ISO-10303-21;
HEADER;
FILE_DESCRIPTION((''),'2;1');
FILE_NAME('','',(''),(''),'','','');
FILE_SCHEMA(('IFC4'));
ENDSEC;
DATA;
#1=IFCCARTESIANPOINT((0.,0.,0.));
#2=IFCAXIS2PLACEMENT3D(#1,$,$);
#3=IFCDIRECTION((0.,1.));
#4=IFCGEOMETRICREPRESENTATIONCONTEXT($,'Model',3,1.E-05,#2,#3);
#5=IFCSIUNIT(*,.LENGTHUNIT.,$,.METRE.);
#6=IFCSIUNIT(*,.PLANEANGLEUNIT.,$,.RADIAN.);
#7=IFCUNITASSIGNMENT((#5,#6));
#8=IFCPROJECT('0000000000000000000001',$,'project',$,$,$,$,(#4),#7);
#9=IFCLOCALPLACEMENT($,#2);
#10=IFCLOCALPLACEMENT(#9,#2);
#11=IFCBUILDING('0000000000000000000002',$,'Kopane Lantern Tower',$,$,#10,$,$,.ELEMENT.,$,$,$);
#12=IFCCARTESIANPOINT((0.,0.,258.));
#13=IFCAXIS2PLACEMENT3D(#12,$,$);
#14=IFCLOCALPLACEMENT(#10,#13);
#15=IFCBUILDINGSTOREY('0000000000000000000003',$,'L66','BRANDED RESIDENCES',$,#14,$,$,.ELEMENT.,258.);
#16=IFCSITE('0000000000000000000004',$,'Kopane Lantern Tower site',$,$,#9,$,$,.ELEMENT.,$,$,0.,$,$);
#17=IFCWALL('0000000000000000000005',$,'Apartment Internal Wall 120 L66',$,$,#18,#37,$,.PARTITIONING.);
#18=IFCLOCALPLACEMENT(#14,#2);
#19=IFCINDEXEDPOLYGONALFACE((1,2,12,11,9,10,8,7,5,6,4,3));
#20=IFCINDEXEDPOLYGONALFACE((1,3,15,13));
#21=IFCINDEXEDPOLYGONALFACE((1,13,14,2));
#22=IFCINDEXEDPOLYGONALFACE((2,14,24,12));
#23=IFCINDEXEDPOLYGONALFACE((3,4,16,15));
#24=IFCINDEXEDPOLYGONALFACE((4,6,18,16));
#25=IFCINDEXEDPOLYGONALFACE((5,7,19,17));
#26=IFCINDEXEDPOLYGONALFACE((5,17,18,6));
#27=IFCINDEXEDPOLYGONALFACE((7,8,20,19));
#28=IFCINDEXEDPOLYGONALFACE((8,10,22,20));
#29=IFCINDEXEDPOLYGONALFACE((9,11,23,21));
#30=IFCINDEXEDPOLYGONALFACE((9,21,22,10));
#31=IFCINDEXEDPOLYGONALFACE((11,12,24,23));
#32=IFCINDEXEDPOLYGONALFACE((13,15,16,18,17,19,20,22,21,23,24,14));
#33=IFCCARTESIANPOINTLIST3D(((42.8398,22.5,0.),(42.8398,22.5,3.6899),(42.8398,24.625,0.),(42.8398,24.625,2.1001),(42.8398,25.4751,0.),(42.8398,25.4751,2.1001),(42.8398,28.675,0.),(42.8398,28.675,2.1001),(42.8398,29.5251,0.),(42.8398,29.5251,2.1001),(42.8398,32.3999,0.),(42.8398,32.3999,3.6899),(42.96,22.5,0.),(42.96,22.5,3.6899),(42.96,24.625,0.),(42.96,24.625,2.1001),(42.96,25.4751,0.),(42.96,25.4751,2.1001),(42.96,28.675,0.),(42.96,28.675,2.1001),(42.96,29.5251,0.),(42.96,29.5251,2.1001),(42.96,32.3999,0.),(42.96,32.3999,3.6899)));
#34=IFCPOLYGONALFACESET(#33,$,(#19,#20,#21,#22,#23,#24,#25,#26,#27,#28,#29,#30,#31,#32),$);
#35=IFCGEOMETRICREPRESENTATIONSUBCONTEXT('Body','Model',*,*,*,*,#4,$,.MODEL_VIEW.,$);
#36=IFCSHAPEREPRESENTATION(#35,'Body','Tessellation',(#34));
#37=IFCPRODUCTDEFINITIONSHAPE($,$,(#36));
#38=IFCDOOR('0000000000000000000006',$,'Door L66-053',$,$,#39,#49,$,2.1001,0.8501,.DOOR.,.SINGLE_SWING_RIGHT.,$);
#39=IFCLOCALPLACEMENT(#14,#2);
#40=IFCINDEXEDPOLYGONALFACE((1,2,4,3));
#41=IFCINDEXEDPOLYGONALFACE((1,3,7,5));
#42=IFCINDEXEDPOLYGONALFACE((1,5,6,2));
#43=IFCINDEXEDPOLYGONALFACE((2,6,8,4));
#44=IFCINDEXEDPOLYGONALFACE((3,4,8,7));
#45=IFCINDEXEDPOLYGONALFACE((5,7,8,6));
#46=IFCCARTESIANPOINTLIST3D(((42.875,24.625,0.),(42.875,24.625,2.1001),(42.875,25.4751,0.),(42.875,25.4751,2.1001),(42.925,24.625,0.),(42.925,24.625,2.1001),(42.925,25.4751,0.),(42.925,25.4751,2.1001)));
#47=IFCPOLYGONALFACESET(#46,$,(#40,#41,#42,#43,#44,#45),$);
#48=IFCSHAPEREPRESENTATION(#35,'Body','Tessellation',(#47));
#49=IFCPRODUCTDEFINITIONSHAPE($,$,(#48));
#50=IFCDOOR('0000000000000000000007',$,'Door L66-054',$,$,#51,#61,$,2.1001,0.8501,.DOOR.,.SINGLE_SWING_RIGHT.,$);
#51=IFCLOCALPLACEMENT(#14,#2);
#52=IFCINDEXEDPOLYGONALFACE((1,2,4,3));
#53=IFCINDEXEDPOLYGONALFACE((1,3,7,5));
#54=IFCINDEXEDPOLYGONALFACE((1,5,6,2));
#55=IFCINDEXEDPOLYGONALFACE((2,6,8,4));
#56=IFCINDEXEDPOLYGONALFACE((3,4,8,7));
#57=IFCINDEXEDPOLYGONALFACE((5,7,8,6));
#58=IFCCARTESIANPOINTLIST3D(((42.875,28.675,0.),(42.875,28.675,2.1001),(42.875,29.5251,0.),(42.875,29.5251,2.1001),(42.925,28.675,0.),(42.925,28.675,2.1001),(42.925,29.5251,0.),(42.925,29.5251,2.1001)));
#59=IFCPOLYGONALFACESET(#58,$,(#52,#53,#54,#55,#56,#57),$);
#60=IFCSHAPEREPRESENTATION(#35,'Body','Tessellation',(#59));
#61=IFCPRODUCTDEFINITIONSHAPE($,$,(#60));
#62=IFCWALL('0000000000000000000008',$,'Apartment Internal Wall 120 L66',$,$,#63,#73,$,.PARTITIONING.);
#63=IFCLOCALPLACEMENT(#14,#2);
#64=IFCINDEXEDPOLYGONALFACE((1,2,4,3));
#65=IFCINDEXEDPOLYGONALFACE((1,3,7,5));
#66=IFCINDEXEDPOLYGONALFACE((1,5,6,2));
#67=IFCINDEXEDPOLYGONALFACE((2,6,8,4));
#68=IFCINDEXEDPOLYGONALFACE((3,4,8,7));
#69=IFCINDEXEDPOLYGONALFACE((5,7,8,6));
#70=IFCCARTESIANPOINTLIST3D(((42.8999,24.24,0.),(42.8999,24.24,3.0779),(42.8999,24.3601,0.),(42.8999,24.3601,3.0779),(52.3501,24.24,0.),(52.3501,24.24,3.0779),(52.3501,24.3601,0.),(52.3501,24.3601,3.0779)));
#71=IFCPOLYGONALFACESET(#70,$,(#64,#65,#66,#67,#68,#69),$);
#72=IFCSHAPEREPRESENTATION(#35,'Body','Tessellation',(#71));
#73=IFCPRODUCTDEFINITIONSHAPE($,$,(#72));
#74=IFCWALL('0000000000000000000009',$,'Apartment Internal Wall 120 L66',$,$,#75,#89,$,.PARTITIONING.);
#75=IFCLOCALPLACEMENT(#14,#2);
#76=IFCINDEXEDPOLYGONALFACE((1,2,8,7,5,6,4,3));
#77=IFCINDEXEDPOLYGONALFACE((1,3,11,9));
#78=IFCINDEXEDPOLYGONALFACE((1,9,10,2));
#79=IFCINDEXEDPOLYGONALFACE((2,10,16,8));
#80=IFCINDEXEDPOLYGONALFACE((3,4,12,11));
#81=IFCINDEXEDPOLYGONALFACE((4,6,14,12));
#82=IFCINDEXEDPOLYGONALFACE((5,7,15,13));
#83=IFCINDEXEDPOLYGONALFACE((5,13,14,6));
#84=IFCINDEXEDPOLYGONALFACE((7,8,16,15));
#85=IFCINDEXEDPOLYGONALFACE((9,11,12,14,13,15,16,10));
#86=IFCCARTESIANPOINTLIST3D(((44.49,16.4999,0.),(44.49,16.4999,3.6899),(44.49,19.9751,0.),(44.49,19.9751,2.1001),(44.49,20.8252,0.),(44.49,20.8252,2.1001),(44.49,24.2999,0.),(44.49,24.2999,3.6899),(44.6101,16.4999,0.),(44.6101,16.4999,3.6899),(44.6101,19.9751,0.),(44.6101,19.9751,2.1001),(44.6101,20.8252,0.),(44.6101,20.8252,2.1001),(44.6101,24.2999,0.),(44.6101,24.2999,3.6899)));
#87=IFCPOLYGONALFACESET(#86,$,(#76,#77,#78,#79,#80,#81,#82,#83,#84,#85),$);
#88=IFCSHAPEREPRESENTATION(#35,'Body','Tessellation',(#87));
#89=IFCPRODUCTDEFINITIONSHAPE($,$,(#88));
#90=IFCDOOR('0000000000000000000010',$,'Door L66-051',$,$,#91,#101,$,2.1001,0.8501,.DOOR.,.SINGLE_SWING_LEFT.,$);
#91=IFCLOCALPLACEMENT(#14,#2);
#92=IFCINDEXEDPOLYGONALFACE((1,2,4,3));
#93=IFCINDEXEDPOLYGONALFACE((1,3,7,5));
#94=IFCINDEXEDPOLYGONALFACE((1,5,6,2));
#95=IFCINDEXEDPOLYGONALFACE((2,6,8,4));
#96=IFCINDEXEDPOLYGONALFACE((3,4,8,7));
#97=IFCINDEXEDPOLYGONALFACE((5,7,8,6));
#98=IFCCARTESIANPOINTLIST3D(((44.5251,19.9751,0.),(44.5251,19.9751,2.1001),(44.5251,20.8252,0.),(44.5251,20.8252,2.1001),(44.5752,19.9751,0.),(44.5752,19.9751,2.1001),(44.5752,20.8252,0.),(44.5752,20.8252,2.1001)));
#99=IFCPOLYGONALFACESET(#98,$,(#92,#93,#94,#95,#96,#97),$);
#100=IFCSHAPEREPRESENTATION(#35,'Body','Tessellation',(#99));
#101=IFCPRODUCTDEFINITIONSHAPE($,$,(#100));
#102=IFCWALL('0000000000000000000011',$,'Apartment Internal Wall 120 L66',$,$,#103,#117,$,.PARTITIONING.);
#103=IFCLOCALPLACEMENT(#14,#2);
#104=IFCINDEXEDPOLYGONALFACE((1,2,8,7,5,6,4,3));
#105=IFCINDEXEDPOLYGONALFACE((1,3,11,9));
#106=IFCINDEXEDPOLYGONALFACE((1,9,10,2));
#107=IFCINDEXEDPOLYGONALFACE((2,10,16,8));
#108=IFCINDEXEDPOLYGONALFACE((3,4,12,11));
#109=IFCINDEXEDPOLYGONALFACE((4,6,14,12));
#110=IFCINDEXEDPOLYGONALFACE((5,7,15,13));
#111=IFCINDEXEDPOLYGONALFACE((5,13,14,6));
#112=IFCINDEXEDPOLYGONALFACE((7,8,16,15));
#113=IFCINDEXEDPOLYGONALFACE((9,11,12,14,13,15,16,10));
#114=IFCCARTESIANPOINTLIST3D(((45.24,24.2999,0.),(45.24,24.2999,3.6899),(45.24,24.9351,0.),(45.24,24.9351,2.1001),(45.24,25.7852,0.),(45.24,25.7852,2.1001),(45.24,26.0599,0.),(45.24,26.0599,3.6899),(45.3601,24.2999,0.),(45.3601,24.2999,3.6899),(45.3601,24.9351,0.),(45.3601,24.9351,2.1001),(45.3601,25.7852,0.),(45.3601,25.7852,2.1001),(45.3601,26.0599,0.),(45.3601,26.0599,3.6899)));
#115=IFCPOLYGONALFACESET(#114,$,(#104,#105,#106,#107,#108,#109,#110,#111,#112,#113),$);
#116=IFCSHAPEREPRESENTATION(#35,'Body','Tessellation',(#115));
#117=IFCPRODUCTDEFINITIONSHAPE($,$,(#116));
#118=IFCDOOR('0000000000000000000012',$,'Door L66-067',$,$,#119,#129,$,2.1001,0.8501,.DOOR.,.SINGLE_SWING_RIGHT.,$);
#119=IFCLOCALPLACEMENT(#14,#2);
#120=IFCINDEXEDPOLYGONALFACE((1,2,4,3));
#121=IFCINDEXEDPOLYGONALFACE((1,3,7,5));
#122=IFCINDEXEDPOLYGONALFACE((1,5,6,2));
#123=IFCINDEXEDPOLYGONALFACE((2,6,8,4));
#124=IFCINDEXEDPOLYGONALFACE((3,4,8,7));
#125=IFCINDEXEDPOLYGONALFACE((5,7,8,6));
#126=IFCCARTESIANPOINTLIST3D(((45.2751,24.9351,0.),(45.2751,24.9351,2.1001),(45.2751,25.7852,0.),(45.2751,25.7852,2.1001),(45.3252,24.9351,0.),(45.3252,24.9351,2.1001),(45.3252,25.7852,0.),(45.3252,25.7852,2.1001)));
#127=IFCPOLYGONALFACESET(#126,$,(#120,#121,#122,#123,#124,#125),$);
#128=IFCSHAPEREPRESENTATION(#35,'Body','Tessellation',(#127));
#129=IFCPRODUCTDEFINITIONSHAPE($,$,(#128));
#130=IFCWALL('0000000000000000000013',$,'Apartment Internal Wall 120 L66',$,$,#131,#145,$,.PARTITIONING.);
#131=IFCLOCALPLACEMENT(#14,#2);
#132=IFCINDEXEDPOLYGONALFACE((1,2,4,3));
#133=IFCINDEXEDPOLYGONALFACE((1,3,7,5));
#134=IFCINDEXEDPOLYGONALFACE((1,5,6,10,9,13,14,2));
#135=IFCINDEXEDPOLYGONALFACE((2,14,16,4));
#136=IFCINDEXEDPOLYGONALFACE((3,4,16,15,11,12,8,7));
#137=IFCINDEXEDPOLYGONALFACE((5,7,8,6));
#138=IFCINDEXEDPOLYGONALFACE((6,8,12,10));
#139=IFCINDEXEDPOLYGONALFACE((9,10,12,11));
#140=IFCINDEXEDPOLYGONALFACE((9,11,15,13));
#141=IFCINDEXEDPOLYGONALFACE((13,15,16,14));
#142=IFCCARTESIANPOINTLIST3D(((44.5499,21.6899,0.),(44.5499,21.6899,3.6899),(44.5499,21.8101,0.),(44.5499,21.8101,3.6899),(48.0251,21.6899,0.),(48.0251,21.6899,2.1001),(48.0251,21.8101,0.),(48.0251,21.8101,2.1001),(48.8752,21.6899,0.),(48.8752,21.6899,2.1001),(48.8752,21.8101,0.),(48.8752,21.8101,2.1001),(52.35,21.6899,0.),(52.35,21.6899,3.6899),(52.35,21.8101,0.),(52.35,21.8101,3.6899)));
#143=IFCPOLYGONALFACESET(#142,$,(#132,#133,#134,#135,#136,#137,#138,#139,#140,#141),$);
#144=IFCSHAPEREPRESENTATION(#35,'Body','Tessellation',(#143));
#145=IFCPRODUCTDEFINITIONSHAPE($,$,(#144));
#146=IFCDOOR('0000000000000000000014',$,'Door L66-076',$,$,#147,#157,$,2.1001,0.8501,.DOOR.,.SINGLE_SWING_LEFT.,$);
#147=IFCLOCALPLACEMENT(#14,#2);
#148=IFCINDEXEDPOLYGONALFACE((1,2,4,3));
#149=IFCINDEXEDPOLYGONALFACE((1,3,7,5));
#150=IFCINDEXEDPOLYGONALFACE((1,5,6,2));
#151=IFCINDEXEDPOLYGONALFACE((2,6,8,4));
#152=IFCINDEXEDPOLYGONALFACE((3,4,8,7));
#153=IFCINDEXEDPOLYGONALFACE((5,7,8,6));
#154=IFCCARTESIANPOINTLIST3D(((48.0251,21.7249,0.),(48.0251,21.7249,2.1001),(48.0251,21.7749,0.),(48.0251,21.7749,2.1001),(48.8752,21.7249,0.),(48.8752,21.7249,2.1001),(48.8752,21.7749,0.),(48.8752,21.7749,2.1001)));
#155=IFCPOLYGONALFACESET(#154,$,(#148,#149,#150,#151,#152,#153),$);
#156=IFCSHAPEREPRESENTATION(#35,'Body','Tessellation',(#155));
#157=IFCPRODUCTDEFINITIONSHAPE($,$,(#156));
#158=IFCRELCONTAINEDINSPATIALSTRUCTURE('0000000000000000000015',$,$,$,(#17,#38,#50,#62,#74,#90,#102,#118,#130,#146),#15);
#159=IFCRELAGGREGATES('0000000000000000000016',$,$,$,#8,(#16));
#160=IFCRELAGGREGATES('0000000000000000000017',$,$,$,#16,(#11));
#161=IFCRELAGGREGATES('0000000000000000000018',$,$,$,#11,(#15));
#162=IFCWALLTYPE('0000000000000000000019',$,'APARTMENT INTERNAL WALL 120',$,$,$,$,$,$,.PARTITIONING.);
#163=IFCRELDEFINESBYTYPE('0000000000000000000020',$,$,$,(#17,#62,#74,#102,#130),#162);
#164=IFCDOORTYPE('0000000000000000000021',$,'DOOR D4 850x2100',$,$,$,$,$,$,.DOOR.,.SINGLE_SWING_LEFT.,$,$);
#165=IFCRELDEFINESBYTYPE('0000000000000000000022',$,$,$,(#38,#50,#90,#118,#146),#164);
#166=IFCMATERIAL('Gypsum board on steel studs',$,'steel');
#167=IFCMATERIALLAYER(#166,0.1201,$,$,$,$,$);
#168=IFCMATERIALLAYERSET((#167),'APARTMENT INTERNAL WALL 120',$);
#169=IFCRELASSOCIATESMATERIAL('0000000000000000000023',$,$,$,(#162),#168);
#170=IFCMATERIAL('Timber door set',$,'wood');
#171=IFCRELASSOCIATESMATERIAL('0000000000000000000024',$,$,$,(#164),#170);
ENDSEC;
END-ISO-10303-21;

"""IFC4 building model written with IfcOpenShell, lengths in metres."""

from ifc_helpers import new_model, si_unit, direction, frame, frame_2d, origin, place, context, subcontext, project, spatial, rectangle, extrude, material, layer, layer_set, type_object, element, fill, save


model = new_model("IFC4")

# Units and contexts
model_context = context("Model", 3, precision=1e-05, world=origin(), true_north=direction((0.0, 1.0)))
body_context = subcontext(model_context, "Body", "Model", "MODEL_VIEW")
ifc_project = project(units=[si_unit("LENGTHUNIT", "METRE"), si_unit("PLANEANGLEUNIT", "RADIAN")], contexts=[model_context])

# Site, building, storey
site_placement = place(None, origin())
site = spatial("IfcSite", under=ifc_project, at=site_placement, Name="Kopane Lantern Tower site", CompositionType="ELEMENT", RefElevation=0.0)
building_placement = place(site_placement, origin())
building = spatial("IfcBuilding", under=site, at=building_placement, Name="Kopane Lantern Tower", CompositionType="ELEMENT")
storey_placement = place(building_placement, frame((0.0, 0.0, 258.0)))
storey = spatial("IfcBuildingStorey", under=building, at=storey_placement, Name="L66", Description="BRANDED RESIDENCES", CompositionType="ELEMENT", Elevation=258.0)

# Wall, openings, doors
ifc_material_1 = material(Name="Gypsum board on steel studs", Category="steel")
ifc_layer_1 = layer(ifc_material_1, 0.1201)
ifc_layer_set_1 = layer_set([ifc_layer_1], Name="APARTMENT INTERNAL WALL 120")
wall_type_1 = type_object("IfcWallType", Name="APARTMENT INTERNAL WALL 120", PredefinedType="PARTITIONING", material=ifc_layer_set_1)
wall_1_placement = place(storey_placement, frame((42.8999, 22.5, 0.0), z_axis=(0.0, 0.0, 1.0), x_axis=(0.0, 1.0, 0.0)))
wall_1 = element("IfcWall", 1, at=wall_1_placement, inside=storey, type_object=wall_type_1, Name="Apartment Internal Wall 120 L66", PredefinedType="PARTITIONING", context=body_context, shape_type="SweptSolid", body=[
    extrude(rectangle(XDim=9.8999, YDim=0.1201, at=frame_2d((4.95, 0.0))), origin(), (0.0, 0.0, 1.0), 3.6899),
])
opening_1_placement = place(wall_1_placement, frame((2.125, 0.0, 0.0)))
opening_1 = element("IfcOpeningElement", 2, at=opening_1_placement, cuts=wall_1, PredefinedType="OPENING", context=body_context, shape_type="SweptSolid", body=[
    extrude(rectangle(XDim=0.8501, YDim=2.1001, at=frame_2d((0.425, 1.05))), frame((0.0, 0.0701, 0.0), z_axis=(0.0, -1.0, 0.0), x_axis=(1.0, 0.0, 0.0)), (0.0, 0.0, 1.0), 0.1401),
])
opening_2_placement = place(wall_1_placement, frame((6.175, 0.0, 0.0)))
opening_2 = element("IfcOpeningElement", 3, at=opening_2_placement, cuts=wall_1, PredefinedType="OPENING", context=body_context, shape_type="SweptSolid", body=[
    extrude(rectangle(XDim=0.8501, YDim=2.1001, at=frame_2d((0.425, 1.05))), frame((0.0, 0.0701, 0.0), z_axis=(0.0, -1.0, 0.0), x_axis=(1.0, 0.0, 0.0)), (0.0, 0.0, 1.0), 0.1401),
])
ifc_material_2 = material(Name="Timber door set", Category="wood")
door_type = type_object("IfcDoorType", Name="DOOR D4 850x2100", OperationType="SINGLE_SWING_LEFT", PredefinedType="DOOR", material=ifc_material_2)
door_1_placement = place(opening_1_placement, origin())
door_1 = element("IfcDoor", 4, at=door_1_placement, inside=storey, type_object=door_type, Name="Door L66-053", OperationType="SINGLE_SWING_RIGHT", OverallHeight=2.1001, OverallWidth=0.8501, PredefinedType="DOOR", context=body_context, shape_type="SweptSolid", body=[
    extrude(rectangle(XDim=0.8501, YDim=2.1001, at=frame_2d((0.425, 1.05))), frame((0.0, 0.0249, 0.0), z_axis=(0.0, -1.0, 0.0), x_axis=(1.0, 0.0, 0.0)), (0.0, 0.0, 1.0), 0.05),
])
fill(opening_1, door_1)
door_2_placement = place(opening_2_placement, origin())
door_2 = element("IfcDoor", 5, at=door_2_placement, inside=storey, type_object=door_type, Name="Door L66-054", OperationType="SINGLE_SWING_RIGHT", OverallHeight=2.1001, OverallWidth=0.8501, PredefinedType="DOOR", context=body_context, shape_type="SweptSolid", body=[
    extrude(rectangle(XDim=0.8501, YDim=2.1001, at=frame_2d((0.425, 1.05))), frame((0.0, 0.0249, 0.0), z_axis=(0.0, -1.0, 0.0), x_axis=(1.0, 0.0, 0.0)), (0.0, 0.0, 1.0), 0.05),
])
fill(opening_2, door_2)

# Wall
wall_2_placement = place(storey_placement, frame((42.8999, 24.3, 0.0), z_axis=(0.0, 0.0, 1.0), x_axis=(1.0, 0.0, 0.0)))
element("IfcWall", 6, at=wall_2_placement, inside=storey, type_object=wall_type_1, Name="Apartment Internal Wall 120 L66", PredefinedType="PARTITIONING", context=body_context, shape_type="SweptSolid", body=[
    extrude(rectangle(XDim=9.4502, YDim=0.1201, at=frame_2d((4.7251, 0.0))), origin(), (0.0, 0.0, 1.0), 3.0779),
])

# Walls, openings, doors
wall_3_placement = place(storey_placement, frame((44.55, 16.5, 0.0), z_axis=(0.0, 0.0, 1.0), x_axis=(0.0, 1.0, 0.0)))
wall_3 = element("IfcWall", 7, at=wall_3_placement, inside=storey, type_object=wall_type_1, Name="Apartment Internal Wall 120 L66", PredefinedType="PARTITIONING", context=body_context, shape_type="SweptSolid", body=[
    extrude(rectangle(XDim=7.8, YDim=0.1201, at=frame_2d((3.8999, 0.0))), origin(), (0.0, 0.0, 1.0), 3.6899),
])
opening_3_placement = place(wall_3_placement, frame((3.4751, 0.0, 0.0)))
opening_3 = element("IfcOpeningElement", 8, at=opening_3_placement, cuts=wall_3, PredefinedType="OPENING", context=body_context, shape_type="SweptSolid", body=[
    extrude(rectangle(XDim=0.8501, YDim=2.1001, at=frame_2d((0.425, 1.05))), frame((0.0, 0.0701, 0.0), z_axis=(0.0, -1.0, 0.0), x_axis=(1.0, 0.0, 0.0)), (0.0, 0.0, 1.0), 0.1401),
])
door_3_placement = place(opening_3_placement, origin())
door_3 = element("IfcDoor", 9, at=door_3_placement, inside=storey, type_object=door_type, Name="Door L66-051", OperationType="SINGLE_SWING_LEFT", OverallHeight=2.1001, OverallWidth=0.8501, PredefinedType="DOOR", context=body_context, shape_type="SweptSolid", body=[
    extrude(rectangle(XDim=0.8501, YDim=2.1001, at=frame_2d((0.425, 1.05))), frame((0.0, 0.0249, 0.0), z_axis=(0.0, -1.0, 0.0), x_axis=(1.0, 0.0, 0.0)), (0.0, 0.0, 1.0), 0.05),
])
fill(opening_3, door_3)
wall_4_placement = place(storey_placement, frame((45.3, 24.3, 0.0), z_axis=(0.0, 0.0, 1.0), x_axis=(0.0, 1.0, 0.0)))
wall_4 = element("IfcWall", 10, at=wall_4_placement, inside=storey, type_object=wall_type_1, Name="Apartment Internal Wall 120 L66", PredefinedType="PARTITIONING", context=body_context, shape_type="SweptSolid", body=[
    extrude(rectangle(XDim=1.76, YDim=0.1201, at=frame_2d((0.8799, 0.0))), origin(), (0.0, 0.0, 1.0), 3.6899),
])
opening_4_placement = place(wall_4_placement, frame((0.635, 0.0, 0.0)))
opening_4 = element("IfcOpeningElement", 11, at=opening_4_placement, cuts=wall_4, PredefinedType="OPENING", context=body_context, shape_type="SweptSolid", body=[
    extrude(rectangle(XDim=0.8501, YDim=2.1001, at=frame_2d((0.425, 1.05))), frame((0.0, 0.0701, 0.0), z_axis=(0.0, -1.0, 0.0), x_axis=(1.0, 0.0, 0.0)), (0.0, 0.0, 1.0), 0.1401),
])
door_4_placement = place(opening_4_placement, origin())
door_4 = element("IfcDoor", 12, at=door_4_placement, inside=storey, type_object=door_type, Name="Door L66-067", OperationType="SINGLE_SWING_RIGHT", OverallHeight=2.1001, OverallWidth=0.8501, PredefinedType="DOOR", context=body_context, shape_type="SweptSolid", body=[
    extrude(rectangle(XDim=0.8501, YDim=2.1001, at=frame_2d((0.425, 1.05))), frame((0.0, 0.0249, 0.0), z_axis=(0.0, -1.0, 0.0), x_axis=(1.0, 0.0, 0.0)), (0.0, 0.0, 1.0), 0.05),
])
fill(opening_4, door_4)
wall_5_placement = place(storey_placement, frame((44.55, 21.75, 0.0), z_axis=(0.0, 0.0, 1.0), x_axis=(1.0, 0.0, 0.0)))
wall_5 = element("IfcWall", 13, at=wall_5_placement, inside=storey, type_object=wall_type_1, Name="Apartment Internal Wall 120 L66", PredefinedType="PARTITIONING", context=body_context, shape_type="SweptSolid", body=[
    extrude(rectangle(XDim=7.8, YDim=0.1201, at=frame_2d((3.8999, 0.0))), origin(), (0.0, 0.0, 1.0), 3.6899),
])
opening_5_placement = place(wall_5_placement, frame((3.4751, 0.0, 0.0)))
opening_5 = element("IfcOpeningElement", 14, at=opening_5_placement, cuts=wall_5, PredefinedType="OPENING", context=body_context, shape_type="SweptSolid", body=[
    extrude(rectangle(XDim=0.8501, YDim=2.1001, at=frame_2d((0.425, 1.05))), frame((0.0, 0.0701, 0.0), z_axis=(0.0, -1.0, 0.0), x_axis=(1.0, 0.0, 0.0)), (0.0, 0.0, 1.0), 0.1401),
])
door_5_placement = place(opening_5_placement, origin())
door_5 = element("IfcDoor", 15, at=door_5_placement, inside=storey, type_object=door_type, Name="Door L66-076", OperationType="SINGLE_SWING_LEFT", OverallHeight=2.1001, OverallWidth=0.8501, PredefinedType="DOOR", context=body_context, shape_type="SweptSolid", body=[
    extrude(rectangle(XDim=0.8501, YDim=2.1001, at=frame_2d((0.425, 1.05))), frame((0.0, 0.0249, 0.0), z_axis=(0.0, -1.0, 0.0), x_axis=(1.0, 0.0, 0.0)), (0.0, 0.0, 1.0), 0.05),
])
fill(opening_5, door_5)

save(model, "model.ifc")
